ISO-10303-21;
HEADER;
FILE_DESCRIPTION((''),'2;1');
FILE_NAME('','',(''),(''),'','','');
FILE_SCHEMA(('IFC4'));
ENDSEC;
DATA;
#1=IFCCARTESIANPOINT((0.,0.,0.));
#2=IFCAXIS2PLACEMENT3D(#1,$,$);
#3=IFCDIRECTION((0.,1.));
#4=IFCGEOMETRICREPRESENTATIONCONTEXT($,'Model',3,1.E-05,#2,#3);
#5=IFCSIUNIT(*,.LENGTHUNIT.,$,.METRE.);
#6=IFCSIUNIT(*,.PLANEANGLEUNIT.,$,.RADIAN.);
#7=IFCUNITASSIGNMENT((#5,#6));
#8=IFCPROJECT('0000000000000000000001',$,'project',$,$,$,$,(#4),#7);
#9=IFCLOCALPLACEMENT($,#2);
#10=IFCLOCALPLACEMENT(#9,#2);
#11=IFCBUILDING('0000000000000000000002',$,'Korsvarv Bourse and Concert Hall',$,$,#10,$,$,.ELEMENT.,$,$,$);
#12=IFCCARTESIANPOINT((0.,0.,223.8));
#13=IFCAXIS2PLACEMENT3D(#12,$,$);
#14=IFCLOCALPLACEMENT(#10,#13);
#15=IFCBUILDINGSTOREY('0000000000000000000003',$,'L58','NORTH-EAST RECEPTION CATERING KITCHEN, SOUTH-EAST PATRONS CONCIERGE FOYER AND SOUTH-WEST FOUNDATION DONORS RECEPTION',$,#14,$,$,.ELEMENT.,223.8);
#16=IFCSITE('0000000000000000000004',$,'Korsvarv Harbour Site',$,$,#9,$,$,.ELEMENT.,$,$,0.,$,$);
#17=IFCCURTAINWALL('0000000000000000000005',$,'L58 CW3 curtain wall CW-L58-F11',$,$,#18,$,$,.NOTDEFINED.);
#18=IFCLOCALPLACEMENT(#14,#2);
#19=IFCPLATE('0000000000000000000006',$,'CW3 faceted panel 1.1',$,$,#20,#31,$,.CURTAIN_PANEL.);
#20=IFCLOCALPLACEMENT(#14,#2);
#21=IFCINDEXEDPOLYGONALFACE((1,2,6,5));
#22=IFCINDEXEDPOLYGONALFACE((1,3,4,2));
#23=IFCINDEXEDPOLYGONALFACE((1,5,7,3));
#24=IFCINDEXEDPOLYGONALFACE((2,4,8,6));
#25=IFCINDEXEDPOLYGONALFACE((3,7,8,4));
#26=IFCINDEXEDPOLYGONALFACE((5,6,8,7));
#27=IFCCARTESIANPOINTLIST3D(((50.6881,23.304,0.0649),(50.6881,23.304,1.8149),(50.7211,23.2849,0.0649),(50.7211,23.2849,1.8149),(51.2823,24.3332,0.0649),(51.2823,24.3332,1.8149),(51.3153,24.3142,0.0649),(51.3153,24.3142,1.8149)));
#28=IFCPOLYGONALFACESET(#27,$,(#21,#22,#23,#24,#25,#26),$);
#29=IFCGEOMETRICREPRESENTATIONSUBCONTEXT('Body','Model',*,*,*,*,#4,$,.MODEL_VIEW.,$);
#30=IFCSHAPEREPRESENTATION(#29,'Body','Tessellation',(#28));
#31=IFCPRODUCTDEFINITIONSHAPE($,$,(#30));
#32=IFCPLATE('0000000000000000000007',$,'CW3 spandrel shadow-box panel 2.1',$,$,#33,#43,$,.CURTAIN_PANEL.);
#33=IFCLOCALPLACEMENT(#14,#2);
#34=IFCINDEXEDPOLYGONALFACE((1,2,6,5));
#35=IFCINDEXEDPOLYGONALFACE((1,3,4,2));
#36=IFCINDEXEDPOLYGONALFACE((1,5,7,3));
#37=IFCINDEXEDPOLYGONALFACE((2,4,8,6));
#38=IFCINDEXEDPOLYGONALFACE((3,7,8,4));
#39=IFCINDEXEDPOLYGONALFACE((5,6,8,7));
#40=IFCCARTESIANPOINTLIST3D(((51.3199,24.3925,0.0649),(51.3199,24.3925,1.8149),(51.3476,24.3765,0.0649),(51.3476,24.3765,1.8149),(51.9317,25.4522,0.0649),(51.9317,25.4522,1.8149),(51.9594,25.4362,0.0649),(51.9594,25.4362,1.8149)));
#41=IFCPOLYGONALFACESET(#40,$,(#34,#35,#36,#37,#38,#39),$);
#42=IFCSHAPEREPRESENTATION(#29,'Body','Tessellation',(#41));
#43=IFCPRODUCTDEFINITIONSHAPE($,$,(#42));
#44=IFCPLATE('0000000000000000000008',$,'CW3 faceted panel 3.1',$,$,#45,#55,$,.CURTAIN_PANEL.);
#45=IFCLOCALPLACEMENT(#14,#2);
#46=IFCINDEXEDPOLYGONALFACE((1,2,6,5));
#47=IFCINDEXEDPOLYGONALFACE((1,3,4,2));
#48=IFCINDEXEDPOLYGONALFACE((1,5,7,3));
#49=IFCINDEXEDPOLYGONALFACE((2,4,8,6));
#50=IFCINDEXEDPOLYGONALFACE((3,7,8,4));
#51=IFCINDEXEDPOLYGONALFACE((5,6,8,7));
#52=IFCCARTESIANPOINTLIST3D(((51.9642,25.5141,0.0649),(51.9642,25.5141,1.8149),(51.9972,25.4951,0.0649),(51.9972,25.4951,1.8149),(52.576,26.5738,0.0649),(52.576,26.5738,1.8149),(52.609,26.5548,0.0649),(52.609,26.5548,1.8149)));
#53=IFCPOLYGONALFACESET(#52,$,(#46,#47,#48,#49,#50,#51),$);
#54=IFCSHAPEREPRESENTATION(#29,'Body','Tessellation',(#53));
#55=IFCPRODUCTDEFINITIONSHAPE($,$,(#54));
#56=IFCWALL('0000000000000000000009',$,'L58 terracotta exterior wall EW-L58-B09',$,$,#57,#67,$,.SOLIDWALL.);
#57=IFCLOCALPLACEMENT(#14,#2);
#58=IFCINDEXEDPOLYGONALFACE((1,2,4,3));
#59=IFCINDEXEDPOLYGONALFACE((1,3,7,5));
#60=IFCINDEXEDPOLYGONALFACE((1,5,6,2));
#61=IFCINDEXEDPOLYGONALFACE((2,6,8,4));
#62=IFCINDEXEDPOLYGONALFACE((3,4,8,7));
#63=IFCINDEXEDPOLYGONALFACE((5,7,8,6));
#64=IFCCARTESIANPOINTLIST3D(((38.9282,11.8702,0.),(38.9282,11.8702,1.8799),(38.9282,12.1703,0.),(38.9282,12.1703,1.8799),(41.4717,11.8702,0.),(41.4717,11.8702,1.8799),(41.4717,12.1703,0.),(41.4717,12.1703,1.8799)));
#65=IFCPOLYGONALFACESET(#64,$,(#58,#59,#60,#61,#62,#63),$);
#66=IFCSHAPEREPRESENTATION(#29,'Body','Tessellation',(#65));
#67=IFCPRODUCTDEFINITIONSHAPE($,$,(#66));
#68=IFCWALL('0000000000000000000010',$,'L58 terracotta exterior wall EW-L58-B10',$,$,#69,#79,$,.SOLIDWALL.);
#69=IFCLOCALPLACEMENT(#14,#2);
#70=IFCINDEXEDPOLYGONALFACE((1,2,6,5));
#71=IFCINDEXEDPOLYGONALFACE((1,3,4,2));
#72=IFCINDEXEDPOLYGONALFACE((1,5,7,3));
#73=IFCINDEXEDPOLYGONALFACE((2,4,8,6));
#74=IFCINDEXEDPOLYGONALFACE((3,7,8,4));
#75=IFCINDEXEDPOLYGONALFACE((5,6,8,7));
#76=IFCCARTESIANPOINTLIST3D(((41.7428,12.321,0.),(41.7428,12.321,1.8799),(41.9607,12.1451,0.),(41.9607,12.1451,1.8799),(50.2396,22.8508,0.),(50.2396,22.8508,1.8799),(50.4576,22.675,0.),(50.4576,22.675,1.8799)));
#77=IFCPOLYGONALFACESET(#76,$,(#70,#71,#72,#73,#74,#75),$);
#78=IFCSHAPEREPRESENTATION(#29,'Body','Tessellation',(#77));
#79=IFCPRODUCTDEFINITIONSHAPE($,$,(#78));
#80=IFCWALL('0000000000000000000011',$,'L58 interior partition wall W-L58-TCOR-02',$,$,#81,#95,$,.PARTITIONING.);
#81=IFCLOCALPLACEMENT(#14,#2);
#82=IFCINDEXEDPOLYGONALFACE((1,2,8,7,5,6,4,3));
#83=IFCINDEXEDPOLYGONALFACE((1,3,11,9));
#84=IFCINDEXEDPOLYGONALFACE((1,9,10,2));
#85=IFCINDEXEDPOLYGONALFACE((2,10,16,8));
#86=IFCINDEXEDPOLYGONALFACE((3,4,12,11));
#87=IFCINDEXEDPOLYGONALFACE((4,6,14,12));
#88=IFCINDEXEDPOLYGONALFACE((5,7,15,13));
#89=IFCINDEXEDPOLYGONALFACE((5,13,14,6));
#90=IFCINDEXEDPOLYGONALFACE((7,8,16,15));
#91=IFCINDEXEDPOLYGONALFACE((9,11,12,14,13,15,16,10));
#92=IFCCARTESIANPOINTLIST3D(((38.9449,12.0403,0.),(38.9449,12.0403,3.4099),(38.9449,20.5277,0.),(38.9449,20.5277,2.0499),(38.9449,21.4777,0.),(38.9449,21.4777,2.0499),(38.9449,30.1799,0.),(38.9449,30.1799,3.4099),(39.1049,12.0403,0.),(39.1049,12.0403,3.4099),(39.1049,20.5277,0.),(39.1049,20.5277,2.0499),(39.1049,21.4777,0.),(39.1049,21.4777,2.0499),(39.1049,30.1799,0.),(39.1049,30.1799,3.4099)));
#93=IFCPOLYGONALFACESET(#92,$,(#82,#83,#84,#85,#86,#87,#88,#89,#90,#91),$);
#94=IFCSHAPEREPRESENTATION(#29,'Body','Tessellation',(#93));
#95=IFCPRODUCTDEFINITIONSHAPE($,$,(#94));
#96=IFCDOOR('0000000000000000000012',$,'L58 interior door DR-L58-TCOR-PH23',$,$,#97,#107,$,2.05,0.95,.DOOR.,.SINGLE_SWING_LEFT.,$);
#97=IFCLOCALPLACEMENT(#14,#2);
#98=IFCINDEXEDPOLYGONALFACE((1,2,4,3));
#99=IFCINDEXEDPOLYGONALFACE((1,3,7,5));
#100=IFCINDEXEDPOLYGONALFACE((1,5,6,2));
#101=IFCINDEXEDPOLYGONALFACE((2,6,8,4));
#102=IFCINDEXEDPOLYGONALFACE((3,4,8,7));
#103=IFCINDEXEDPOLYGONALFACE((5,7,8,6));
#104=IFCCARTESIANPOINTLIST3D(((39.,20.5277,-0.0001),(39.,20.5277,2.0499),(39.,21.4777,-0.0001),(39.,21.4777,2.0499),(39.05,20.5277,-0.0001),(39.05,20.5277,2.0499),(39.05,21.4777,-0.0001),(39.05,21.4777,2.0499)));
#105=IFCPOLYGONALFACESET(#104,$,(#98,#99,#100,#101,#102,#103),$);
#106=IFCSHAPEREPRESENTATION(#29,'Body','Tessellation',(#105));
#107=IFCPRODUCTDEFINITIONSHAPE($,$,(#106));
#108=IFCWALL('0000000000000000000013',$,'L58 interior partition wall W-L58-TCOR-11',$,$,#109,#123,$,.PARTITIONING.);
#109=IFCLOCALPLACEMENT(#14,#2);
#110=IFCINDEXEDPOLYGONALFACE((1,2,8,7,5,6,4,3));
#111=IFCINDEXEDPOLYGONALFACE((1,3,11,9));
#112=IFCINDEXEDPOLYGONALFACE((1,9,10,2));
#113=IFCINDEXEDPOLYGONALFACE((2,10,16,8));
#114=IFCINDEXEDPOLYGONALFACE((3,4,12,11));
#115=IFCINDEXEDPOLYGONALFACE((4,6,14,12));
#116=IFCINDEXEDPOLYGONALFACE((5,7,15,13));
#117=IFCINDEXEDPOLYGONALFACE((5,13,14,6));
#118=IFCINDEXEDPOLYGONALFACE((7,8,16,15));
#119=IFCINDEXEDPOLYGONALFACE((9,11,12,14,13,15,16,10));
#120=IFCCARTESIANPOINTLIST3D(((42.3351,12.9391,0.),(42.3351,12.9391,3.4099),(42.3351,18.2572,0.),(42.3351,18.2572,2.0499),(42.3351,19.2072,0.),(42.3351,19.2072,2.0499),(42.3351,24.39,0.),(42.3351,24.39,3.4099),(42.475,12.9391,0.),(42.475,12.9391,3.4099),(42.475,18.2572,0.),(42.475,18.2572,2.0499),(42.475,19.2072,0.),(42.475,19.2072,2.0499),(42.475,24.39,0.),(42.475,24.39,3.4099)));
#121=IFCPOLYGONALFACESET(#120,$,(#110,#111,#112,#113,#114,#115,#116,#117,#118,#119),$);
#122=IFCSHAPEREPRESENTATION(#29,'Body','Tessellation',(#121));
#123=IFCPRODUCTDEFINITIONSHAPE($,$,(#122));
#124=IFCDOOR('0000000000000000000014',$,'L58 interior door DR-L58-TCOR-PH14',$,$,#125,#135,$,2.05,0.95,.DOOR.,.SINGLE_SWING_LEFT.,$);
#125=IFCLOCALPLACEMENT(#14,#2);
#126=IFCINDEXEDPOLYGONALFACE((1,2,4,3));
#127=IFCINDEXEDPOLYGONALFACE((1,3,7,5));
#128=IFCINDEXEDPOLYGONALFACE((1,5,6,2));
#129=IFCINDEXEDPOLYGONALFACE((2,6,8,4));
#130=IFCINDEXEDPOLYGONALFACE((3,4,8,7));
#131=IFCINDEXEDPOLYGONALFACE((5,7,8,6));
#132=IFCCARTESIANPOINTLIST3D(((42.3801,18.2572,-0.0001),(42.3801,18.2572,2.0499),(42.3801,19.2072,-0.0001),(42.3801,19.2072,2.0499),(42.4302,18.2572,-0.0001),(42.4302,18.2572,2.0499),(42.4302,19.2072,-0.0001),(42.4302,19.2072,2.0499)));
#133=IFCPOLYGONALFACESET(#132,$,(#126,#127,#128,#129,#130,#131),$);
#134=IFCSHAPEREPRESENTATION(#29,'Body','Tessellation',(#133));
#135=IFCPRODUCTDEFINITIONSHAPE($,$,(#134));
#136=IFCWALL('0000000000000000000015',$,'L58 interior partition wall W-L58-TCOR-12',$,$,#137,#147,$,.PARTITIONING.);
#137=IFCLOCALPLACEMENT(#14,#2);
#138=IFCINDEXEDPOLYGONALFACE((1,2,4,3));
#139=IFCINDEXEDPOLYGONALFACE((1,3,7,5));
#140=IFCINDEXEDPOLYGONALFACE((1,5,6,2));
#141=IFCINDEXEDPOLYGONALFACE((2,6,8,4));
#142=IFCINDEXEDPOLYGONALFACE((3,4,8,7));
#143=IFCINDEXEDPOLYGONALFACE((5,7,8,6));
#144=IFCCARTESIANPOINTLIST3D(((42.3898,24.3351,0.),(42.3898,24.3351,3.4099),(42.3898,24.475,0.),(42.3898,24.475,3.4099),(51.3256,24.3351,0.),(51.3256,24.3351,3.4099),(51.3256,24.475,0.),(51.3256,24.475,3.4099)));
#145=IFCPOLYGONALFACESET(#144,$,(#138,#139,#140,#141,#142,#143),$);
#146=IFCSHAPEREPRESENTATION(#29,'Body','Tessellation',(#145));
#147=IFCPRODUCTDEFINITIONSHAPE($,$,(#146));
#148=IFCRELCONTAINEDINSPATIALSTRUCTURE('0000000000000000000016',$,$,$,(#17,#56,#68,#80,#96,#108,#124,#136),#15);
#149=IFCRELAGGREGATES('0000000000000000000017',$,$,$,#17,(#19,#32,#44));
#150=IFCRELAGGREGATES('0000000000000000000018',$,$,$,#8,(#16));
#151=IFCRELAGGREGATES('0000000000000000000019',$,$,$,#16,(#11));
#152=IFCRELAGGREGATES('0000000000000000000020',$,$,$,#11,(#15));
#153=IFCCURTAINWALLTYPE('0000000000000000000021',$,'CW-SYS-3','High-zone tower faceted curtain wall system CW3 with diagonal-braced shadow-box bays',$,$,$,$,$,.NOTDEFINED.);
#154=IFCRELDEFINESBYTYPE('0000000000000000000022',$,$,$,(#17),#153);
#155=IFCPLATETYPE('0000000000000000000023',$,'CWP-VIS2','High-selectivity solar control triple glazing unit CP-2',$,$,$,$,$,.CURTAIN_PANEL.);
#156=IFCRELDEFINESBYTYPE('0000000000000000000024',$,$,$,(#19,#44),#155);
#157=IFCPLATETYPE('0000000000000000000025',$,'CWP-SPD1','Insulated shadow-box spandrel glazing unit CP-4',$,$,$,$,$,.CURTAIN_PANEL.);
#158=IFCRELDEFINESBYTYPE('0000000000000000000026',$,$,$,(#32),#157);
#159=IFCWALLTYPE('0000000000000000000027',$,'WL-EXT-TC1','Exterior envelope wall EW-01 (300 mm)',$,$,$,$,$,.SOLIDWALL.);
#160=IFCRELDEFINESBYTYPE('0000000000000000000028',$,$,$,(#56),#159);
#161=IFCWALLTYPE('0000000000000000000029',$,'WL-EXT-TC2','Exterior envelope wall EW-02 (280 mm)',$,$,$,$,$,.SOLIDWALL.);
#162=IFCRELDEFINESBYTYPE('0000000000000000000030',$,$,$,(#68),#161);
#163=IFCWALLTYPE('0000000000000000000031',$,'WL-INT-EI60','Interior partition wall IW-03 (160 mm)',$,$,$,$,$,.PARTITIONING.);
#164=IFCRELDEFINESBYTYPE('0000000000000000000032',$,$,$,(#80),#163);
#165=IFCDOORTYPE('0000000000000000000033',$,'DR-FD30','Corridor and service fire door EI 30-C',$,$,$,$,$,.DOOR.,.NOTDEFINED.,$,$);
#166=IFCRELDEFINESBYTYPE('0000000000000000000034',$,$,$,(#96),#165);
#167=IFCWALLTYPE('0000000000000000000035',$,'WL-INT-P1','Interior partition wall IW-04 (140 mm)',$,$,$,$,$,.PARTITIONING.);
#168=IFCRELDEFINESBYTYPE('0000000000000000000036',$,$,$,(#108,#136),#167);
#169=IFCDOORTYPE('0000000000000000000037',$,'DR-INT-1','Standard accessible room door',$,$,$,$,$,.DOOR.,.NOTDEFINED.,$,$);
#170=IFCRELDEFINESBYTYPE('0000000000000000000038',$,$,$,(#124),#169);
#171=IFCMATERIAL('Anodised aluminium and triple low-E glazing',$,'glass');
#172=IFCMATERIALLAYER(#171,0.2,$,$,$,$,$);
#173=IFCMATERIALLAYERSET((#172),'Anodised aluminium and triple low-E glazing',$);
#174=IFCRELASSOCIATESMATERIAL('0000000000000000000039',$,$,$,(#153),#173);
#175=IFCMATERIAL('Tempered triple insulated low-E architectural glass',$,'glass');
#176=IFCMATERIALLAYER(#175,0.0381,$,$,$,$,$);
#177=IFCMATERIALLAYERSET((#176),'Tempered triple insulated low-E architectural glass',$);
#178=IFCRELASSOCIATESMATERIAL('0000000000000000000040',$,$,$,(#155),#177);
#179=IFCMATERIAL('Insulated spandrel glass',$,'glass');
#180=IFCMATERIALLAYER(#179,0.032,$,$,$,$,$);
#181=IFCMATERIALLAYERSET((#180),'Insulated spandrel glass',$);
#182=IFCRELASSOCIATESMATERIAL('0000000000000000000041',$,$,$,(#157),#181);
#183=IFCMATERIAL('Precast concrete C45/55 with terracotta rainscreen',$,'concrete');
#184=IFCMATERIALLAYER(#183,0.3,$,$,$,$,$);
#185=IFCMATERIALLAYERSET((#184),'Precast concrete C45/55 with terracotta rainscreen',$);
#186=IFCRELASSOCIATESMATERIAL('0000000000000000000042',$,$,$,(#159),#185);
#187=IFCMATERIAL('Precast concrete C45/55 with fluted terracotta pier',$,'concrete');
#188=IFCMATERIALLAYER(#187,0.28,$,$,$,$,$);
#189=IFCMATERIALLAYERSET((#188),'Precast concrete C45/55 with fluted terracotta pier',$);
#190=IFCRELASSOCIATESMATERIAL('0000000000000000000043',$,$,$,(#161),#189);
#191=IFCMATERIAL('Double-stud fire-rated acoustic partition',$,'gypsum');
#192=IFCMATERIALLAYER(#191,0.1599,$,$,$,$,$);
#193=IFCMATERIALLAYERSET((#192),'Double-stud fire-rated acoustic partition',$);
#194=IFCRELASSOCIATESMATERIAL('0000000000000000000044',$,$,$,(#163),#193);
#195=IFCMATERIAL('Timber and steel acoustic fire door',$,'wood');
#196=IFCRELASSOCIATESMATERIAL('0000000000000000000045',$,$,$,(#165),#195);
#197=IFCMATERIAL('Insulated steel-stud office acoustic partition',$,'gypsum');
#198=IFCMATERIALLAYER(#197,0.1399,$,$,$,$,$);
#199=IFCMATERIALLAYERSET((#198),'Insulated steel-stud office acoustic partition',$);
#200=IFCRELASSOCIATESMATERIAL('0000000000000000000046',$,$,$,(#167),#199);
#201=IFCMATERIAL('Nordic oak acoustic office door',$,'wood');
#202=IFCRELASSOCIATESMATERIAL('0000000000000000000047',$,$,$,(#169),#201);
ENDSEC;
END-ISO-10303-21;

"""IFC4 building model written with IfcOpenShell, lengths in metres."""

from ifc_helpers import new_model, si_unit, direction, frame, frame_2d, origin, origin_2d, place, context, subcontext, project, spatial, rectangle, extrude, source, transform, mapped, material, layer, layer_set, type_object, element, fill, aggregate, save


model = new_model("IFC4")

# Units and contexts
model_context = context("Model", 3, precision=1e-05, world=origin(), true_north=direction((0.0, 1.0)))
body_context = subcontext(model_context, "Body", "Model", "MODEL_VIEW")
ifc_project = project(units=[si_unit("LENGTHUNIT", "METRE"), si_unit("PLANEANGLEUNIT", "RADIAN")], contexts=[model_context])

# Site, building, storey
site_placement = place(None, origin())
site = spatial("IfcSite", under=ifc_project, at=site_placement, Name="Korsvarv Harbour Site", CompositionType="ELEMENT", RefElevation=0.0)
building_placement = place(site_placement, origin())
building = spatial("IfcBuilding", under=site, at=building_placement, Name="Korsvarv Bourse and Concert Hall", CompositionType="ELEMENT")
storey_placement = place(building_placement, frame((0.0, 0.0, 223.8)))
storey = spatial("IfcBuildingStorey", under=building, at=storey_placement, Name="L58", Description="NORTH-EAST RECEPTION CATERING KITCHEN, SOUTH-EAST PATRONS CONCIERGE FOYER AND SOUTH-WEST FOUNDATION DONORS RECEPTION", CompositionType="ELEMENT", Elevation=223.8)

# Curtain wall, plates
ifc_material_1 = material(Name="Anodised aluminium and triple low-E glazing", Category="glass")
ifc_layer_1 = layer(ifc_material_1, 0.2)
ifc_layer_set_1 = layer_set([ifc_layer_1], Name="Anodised aluminium and triple low-E glazing")
curtain_wall_type = type_object("IfcCurtainWallType", Name="CW-SYS-3", Description="High-zone tower faceted curtain wall system CW3 with diagonal-braced shadow-box bays", PredefinedType="NOTDEFINED", material=ifc_layer_set_1)
curtain_wall_placement = place(storey_placement, origin())
curtain_wall = element("IfcCurtainWall", 1, at=curtain_wall_placement, inside=storey, type_object=curtain_wall_type, Name="L58 CW3 curtain wall CW-L58-F11", PredefinedType="NOTDEFINED")
ifc_material_2 = material(Name="Tempered triple insulated low-E architectural glass", Category="glass")
ifc_layer_2 = layer(ifc_material_2, 0.0381)
ifc_layer_set_2 = layer_set([ifc_layer_2], Name="Tempered triple insulated low-E architectural glass")
plate_type_1 = type_object("IfcPlateType", Name="CWP-VIS2", Description="High-selectivity solar control triple glazing unit CP-2", PredefinedType="CURTAIN_PANEL", material=ifc_layer_set_2)
shared_shape_1 = source(origin(), body_context, "Body", "SweptSolid", [
    extrude(rectangle(XDim=1.1885, YDim=0.0381, at=origin_2d()), origin(), (0.0, 0.0, 1.0), 1.75),
])
plate_1_placement = place(storey_placement, frame((51.0017, 23.8091, 0.0649), z_axis=(0.0, 0.0, 1.0), x_axis=(0.499992, 0.86603, 0.0)))
plate_1 = element("IfcPlate", 2, at=plate_1_placement, type_object=plate_type_1, Name="CW3 faceted panel 1.1", PredefinedType="CURTAIN_PANEL", context=body_context, shape_type="MappedRepresentation", body=[
    mapped(shared_shape_1, transform((0.0, 0.0, 0.0), scale=1.0)),
])
ifc_material_3 = material(Name="Insulated spandrel glass", Category="glass")
ifc_layer_3 = layer(ifc_material_3, 0.032)
ifc_layer_set_3 = layer_set([ifc_layer_3], Name="Insulated spandrel glass")
plate_type_2 = type_object("IfcPlateType", Name="CWP-SPD1", Description="Insulated shadow-box spandrel glazing unit CP-4", PredefinedType="CURTAIN_PANEL", material=ifc_layer_set_3)
shared_shape_2 = source(origin(), body_context, "Body", "SweptSolid", [
    extrude(rectangle(XDim=1.2236, YDim=0.032, at=origin_2d()), origin(), (0.0, 0.0, 1.0), 1.75),
])
plate_2_placement = place(storey_placement, frame((51.6396, 24.9143, 0.0649), z_axis=(0.0, 0.0, 1.0), x_axis=(0.499992, 0.86603, 0.0)))
plate_2 = element("IfcPlate", 3, at=plate_2_placement, type_object=plate_type_2, Name="CW3 spandrel shadow-box panel 2.1", PredefinedType="CURTAIN_PANEL", context=body_context, shape_type="MappedRepresentation", body=[
    mapped(shared_shape_2, transform((0.0, 0.0, 0.0), scale=1.0)),
])
shared_shape_3 = source(origin(), body_context, "Body", "SweptSolid", [
    extrude(rectangle(XDim=1.2236, YDim=0.0381, at=origin_2d()), origin(), (0.0, 0.0, 1.0), 1.75),
])
plate_3_placement = place(storey_placement, frame((52.2866, 26.0344, 0.0649), z_axis=(0.0, 0.0, 1.0), x_axis=(0.499992, 0.86603, 0.0)))
plate_3 = element("IfcPlate", 4, at=plate_3_placement, type_object=plate_type_1, Name="CW3 faceted panel 3.1", PredefinedType="CURTAIN_PANEL", context=body_context, shape_type="MappedRepresentation", body=[
    mapped(shared_shape_3, transform((0.0, 0.0, 0.0), scale=1.0)),
])
aggregate(curtain_wall, [plate_1, plate_2, plate_3])

# Walls
ifc_material_4 = material(Name="Precast concrete C45/55 with terracotta rainscreen", Category="concrete")
ifc_layer_4 = layer(ifc_material_4, 0.3)
ifc_layer_set_4 = layer_set([ifc_layer_4], Name="Precast concrete C45/55 with terracotta rainscreen")
wall_type_1 = type_object("IfcWallType", Name="WL-EXT-TC1", Description="Exterior envelope wall EW-01 (300 mm)", PredefinedType="SOLIDWALL", material=ifc_layer_set_4)
wall_1_placement = place(storey_placement, frame((38.9282, 12.0203, 0.0), z_axis=(0.0, 0.0, 1.0), x_axis=(1.0, 0.0, 0.0)))
element("IfcWall", 5, at=wall_1_placement, inside=storey, type_object=wall_type_1, Name="L58 terracotta exterior wall EW-L58-B09", PredefinedType="SOLIDWALL", context=body_context, shape_type="SweptSolid", body=[
    extrude(rectangle(XDim=2.5435, YDim=0.3, at=frame_2d((1.2717, 0.0))), origin(), (0.0, 0.0, 1.0), 1.8799),
])
ifc_material_5 = material(Name="Precast concrete C45/55 with fluted terracotta pier", Category="concrete")
ifc_layer_5 = layer(ifc_material_5, 0.28)
ifc_layer_set_5 = layer_set([ifc_layer_5], Name="Precast concrete C45/55 with fluted terracotta pier")
wall_type_2 = type_object("IfcWallType", Name="WL-EXT-TC2", Description="Exterior envelope wall EW-02 (280 mm)", PredefinedType="SOLIDWALL", material=ifc_layer_set_5)
wall_2_placement = place(storey_placement, frame((41.8518, 12.2332, 0.0), z_axis=(0.0, 0.0, 1.0), x_axis=(0.627979, 0.77823, 0.0)))
element("IfcWall", 6, at=wall_2_placement, inside=storey, type_object=wall_type_2, Name="L58 terracotta exterior wall EW-L58-B10", PredefinedType="SOLIDWALL", context=body_context, shape_type="SweptSolid", body=[
    extrude(rectangle(XDim=13.5305, YDim=0.28, at=frame_2d((6.7651, 0.0))), origin(), (0.0, 0.0, 1.0), 1.8799),
])

# Walls, openings, doors
ifc_material_6 = material(Name="Double-stud fire-rated acoustic partition", Category="gypsum")
ifc_layer_6 = layer(ifc_material_6, 0.1599)
ifc_layer_set_6 = layer_set([ifc_layer_6], Name="Double-stud fire-rated acoustic partition")
wall_type_3 = type_object("IfcWallType", Name="WL-INT-EI60", Description="Interior partition wall IW-03 (160 mm)", PredefinedType="PARTITIONING", material=ifc_layer_set_6)
wall_3_placement = place(storey_placement, frame((39.0249, 12.0403, 0.0), z_axis=(0.0, 0.0, 1.0), x_axis=(0.0, 1.0, 0.0)))
wall_3 = element("IfcWall", 7, at=wall_3_placement, inside=storey, type_object=wall_type_3, Name="L58 interior partition wall W-L58-TCOR-02", PredefinedType="PARTITIONING", context=body_context, shape_type="SweptSolid", body=[
    extrude(rectangle(XDim=18.1396, YDim=0.1599, at=frame_2d((9.0698, 0.0))), origin(), (0.0, 0.0, 1.0), 3.4099),
])
opening_1_placement = place(wall_3_placement, frame((8.4873, 0.0, 0.0)))
opening_1 = element("IfcOpeningElement", 8, at=opening_1_placement, cuts=wall_3, PredefinedType="OPENING", context=body_context, shape_type="SweptSolid", body=[
    extrude(rectangle(XDim=0.95, YDim=2.05, at=frame_2d((0.4751, 1.0249))), frame((0.0, 0.0898, 0.0), z_axis=(0.0, -1.0, 0.0), x_axis=(1.0, 0.0, 0.0)), (0.0, 0.0, 1.0), 0.1799),
])
ifc_material_7 = material(Name="Timber and steel acoustic fire door", Category="wood")
door_type_1 = type_object("IfcDoorType", Name="DR-FD30", Description="Corridor and service fire door EI 30-C", OperationType="NOTDEFINED", PredefinedType="DOOR", material=ifc_material_7)
door_1_placement = place(opening_1_placement, origin())
door_1 = element("IfcDoor", 9, at=door_1_placement, inside=storey, type_object=door_type_1, Name="L58 interior door DR-L58-TCOR-PH23", OperationType="SINGLE_SWING_LEFT", OverallHeight=2.05, OverallWidth=0.95, PredefinedType="DOOR", context=body_context, shape_type="SweptSolid", body=[
    extrude(rectangle(XDim=0.95, YDim=2.05, at=frame_2d((0.4751, 1.0249))), frame((0.0, 0.0249, 0.0), z_axis=(0.0, -1.0, 0.0), x_axis=(1.0, 0.0, 0.0)), (0.0, 0.0, 1.0), 0.05),
])
fill(opening_1, door_1)
ifc_material_8 = material(Name="Insulated steel-stud office acoustic partition", Category="gypsum")
ifc_layer_7 = layer(ifc_material_8, 0.1399)
ifc_layer_set_7 = layer_set([ifc_layer_7], Name="Insulated steel-stud office acoustic partition")
wall_type_4 = type_object("IfcWallType", Name="WL-INT-P1", Description="Interior partition wall IW-04 (140 mm)", PredefinedType="PARTITIONING", material=ifc_layer_set_7)
wall_4_placement = place(storey_placement, frame((42.405, 12.939, 0.0), z_axis=(0.0, 0.0, 1.0), x_axis=(0.0, 1.0, 0.0)))
wall_4 = element("IfcWall", 10, at=wall_4_placement, inside=storey, type_object=wall_type_4, Name="L58 interior partition wall W-L58-TCOR-11", PredefinedType="PARTITIONING", context=body_context, shape_type="SweptSolid", body=[
    extrude(rectangle(XDim=11.4509, YDim=0.1399, at=frame_2d((5.7256, 0.0))), origin(), (0.0, 0.0, 1.0), 3.4099),
])
opening_2_placement = place(wall_4_placement, frame((5.3181, 0.0, 0.0)))
opening_2 = element("IfcOpeningElement", 11, at=opening_2_placement, cuts=wall_4, PredefinedType="OPENING", context=body_context, shape_type="SweptSolid", body=[
    extrude(rectangle(XDim=0.95, YDim=2.05, at=frame_2d((0.4751, 1.0249))), frame((0.0, 0.0801, 0.0), z_axis=(0.0, -1.0, 0.0), x_axis=(1.0, 0.0, 0.0)), (0.0, 0.0, 1.0), 0.1599),
])
ifc_material_9 = material(Name="Nordic oak acoustic office door", Category="wood")
door_type_2 = type_object("IfcDoorType", Name="DR-INT-1", Description="Standard accessible room door", OperationType="NOTDEFINED", PredefinedType="DOOR", material=ifc_material_9)
door_2_placement = place(opening_2_placement, origin())
door_2 = element("IfcDoor", 12, at=door_2_placement, inside=storey, type_object=door_type_2, Name="L58 interior door DR-L58-TCOR-PH14", OperationType="SINGLE_SWING_LEFT", OverallHeight=2.05, OverallWidth=0.95, PredefinedType="DOOR", context=body_context, shape_type="SweptSolid", body=[
    extrude(rectangle(XDim=0.95, YDim=2.05, at=frame_2d((0.4751, 1.0249))), frame((0.0, 0.0249, 0.0), z_axis=(0.0, -1.0, 0.0), x_axis=(1.0, 0.0, 0.0)), (0.0, 0.0, 1.0), 0.05),
])
fill(opening_2, door_2)

# Wall
wall_5_placement = place(storey_placement, frame((42.3899, 24.405, 0.0), z_axis=(0.0, 0.0, 1.0), x_axis=(1.0, 0.0, 0.0)))
element("IfcWall", 13, at=wall_5_placement, inside=storey, type_object=wall_type_4, Name="L58 interior partition wall W-L58-TCOR-12", PredefinedType="PARTITIONING", context=body_context, shape_type="SweptSolid", body=[
    extrude(rectangle(XDim=8.9358, YDim=0.1399, at=frame_2d((4.4678, 0.0))), origin(), (0.0, 0.0, 1.0), 3.4099),
])

save(model, "model.ifc")
